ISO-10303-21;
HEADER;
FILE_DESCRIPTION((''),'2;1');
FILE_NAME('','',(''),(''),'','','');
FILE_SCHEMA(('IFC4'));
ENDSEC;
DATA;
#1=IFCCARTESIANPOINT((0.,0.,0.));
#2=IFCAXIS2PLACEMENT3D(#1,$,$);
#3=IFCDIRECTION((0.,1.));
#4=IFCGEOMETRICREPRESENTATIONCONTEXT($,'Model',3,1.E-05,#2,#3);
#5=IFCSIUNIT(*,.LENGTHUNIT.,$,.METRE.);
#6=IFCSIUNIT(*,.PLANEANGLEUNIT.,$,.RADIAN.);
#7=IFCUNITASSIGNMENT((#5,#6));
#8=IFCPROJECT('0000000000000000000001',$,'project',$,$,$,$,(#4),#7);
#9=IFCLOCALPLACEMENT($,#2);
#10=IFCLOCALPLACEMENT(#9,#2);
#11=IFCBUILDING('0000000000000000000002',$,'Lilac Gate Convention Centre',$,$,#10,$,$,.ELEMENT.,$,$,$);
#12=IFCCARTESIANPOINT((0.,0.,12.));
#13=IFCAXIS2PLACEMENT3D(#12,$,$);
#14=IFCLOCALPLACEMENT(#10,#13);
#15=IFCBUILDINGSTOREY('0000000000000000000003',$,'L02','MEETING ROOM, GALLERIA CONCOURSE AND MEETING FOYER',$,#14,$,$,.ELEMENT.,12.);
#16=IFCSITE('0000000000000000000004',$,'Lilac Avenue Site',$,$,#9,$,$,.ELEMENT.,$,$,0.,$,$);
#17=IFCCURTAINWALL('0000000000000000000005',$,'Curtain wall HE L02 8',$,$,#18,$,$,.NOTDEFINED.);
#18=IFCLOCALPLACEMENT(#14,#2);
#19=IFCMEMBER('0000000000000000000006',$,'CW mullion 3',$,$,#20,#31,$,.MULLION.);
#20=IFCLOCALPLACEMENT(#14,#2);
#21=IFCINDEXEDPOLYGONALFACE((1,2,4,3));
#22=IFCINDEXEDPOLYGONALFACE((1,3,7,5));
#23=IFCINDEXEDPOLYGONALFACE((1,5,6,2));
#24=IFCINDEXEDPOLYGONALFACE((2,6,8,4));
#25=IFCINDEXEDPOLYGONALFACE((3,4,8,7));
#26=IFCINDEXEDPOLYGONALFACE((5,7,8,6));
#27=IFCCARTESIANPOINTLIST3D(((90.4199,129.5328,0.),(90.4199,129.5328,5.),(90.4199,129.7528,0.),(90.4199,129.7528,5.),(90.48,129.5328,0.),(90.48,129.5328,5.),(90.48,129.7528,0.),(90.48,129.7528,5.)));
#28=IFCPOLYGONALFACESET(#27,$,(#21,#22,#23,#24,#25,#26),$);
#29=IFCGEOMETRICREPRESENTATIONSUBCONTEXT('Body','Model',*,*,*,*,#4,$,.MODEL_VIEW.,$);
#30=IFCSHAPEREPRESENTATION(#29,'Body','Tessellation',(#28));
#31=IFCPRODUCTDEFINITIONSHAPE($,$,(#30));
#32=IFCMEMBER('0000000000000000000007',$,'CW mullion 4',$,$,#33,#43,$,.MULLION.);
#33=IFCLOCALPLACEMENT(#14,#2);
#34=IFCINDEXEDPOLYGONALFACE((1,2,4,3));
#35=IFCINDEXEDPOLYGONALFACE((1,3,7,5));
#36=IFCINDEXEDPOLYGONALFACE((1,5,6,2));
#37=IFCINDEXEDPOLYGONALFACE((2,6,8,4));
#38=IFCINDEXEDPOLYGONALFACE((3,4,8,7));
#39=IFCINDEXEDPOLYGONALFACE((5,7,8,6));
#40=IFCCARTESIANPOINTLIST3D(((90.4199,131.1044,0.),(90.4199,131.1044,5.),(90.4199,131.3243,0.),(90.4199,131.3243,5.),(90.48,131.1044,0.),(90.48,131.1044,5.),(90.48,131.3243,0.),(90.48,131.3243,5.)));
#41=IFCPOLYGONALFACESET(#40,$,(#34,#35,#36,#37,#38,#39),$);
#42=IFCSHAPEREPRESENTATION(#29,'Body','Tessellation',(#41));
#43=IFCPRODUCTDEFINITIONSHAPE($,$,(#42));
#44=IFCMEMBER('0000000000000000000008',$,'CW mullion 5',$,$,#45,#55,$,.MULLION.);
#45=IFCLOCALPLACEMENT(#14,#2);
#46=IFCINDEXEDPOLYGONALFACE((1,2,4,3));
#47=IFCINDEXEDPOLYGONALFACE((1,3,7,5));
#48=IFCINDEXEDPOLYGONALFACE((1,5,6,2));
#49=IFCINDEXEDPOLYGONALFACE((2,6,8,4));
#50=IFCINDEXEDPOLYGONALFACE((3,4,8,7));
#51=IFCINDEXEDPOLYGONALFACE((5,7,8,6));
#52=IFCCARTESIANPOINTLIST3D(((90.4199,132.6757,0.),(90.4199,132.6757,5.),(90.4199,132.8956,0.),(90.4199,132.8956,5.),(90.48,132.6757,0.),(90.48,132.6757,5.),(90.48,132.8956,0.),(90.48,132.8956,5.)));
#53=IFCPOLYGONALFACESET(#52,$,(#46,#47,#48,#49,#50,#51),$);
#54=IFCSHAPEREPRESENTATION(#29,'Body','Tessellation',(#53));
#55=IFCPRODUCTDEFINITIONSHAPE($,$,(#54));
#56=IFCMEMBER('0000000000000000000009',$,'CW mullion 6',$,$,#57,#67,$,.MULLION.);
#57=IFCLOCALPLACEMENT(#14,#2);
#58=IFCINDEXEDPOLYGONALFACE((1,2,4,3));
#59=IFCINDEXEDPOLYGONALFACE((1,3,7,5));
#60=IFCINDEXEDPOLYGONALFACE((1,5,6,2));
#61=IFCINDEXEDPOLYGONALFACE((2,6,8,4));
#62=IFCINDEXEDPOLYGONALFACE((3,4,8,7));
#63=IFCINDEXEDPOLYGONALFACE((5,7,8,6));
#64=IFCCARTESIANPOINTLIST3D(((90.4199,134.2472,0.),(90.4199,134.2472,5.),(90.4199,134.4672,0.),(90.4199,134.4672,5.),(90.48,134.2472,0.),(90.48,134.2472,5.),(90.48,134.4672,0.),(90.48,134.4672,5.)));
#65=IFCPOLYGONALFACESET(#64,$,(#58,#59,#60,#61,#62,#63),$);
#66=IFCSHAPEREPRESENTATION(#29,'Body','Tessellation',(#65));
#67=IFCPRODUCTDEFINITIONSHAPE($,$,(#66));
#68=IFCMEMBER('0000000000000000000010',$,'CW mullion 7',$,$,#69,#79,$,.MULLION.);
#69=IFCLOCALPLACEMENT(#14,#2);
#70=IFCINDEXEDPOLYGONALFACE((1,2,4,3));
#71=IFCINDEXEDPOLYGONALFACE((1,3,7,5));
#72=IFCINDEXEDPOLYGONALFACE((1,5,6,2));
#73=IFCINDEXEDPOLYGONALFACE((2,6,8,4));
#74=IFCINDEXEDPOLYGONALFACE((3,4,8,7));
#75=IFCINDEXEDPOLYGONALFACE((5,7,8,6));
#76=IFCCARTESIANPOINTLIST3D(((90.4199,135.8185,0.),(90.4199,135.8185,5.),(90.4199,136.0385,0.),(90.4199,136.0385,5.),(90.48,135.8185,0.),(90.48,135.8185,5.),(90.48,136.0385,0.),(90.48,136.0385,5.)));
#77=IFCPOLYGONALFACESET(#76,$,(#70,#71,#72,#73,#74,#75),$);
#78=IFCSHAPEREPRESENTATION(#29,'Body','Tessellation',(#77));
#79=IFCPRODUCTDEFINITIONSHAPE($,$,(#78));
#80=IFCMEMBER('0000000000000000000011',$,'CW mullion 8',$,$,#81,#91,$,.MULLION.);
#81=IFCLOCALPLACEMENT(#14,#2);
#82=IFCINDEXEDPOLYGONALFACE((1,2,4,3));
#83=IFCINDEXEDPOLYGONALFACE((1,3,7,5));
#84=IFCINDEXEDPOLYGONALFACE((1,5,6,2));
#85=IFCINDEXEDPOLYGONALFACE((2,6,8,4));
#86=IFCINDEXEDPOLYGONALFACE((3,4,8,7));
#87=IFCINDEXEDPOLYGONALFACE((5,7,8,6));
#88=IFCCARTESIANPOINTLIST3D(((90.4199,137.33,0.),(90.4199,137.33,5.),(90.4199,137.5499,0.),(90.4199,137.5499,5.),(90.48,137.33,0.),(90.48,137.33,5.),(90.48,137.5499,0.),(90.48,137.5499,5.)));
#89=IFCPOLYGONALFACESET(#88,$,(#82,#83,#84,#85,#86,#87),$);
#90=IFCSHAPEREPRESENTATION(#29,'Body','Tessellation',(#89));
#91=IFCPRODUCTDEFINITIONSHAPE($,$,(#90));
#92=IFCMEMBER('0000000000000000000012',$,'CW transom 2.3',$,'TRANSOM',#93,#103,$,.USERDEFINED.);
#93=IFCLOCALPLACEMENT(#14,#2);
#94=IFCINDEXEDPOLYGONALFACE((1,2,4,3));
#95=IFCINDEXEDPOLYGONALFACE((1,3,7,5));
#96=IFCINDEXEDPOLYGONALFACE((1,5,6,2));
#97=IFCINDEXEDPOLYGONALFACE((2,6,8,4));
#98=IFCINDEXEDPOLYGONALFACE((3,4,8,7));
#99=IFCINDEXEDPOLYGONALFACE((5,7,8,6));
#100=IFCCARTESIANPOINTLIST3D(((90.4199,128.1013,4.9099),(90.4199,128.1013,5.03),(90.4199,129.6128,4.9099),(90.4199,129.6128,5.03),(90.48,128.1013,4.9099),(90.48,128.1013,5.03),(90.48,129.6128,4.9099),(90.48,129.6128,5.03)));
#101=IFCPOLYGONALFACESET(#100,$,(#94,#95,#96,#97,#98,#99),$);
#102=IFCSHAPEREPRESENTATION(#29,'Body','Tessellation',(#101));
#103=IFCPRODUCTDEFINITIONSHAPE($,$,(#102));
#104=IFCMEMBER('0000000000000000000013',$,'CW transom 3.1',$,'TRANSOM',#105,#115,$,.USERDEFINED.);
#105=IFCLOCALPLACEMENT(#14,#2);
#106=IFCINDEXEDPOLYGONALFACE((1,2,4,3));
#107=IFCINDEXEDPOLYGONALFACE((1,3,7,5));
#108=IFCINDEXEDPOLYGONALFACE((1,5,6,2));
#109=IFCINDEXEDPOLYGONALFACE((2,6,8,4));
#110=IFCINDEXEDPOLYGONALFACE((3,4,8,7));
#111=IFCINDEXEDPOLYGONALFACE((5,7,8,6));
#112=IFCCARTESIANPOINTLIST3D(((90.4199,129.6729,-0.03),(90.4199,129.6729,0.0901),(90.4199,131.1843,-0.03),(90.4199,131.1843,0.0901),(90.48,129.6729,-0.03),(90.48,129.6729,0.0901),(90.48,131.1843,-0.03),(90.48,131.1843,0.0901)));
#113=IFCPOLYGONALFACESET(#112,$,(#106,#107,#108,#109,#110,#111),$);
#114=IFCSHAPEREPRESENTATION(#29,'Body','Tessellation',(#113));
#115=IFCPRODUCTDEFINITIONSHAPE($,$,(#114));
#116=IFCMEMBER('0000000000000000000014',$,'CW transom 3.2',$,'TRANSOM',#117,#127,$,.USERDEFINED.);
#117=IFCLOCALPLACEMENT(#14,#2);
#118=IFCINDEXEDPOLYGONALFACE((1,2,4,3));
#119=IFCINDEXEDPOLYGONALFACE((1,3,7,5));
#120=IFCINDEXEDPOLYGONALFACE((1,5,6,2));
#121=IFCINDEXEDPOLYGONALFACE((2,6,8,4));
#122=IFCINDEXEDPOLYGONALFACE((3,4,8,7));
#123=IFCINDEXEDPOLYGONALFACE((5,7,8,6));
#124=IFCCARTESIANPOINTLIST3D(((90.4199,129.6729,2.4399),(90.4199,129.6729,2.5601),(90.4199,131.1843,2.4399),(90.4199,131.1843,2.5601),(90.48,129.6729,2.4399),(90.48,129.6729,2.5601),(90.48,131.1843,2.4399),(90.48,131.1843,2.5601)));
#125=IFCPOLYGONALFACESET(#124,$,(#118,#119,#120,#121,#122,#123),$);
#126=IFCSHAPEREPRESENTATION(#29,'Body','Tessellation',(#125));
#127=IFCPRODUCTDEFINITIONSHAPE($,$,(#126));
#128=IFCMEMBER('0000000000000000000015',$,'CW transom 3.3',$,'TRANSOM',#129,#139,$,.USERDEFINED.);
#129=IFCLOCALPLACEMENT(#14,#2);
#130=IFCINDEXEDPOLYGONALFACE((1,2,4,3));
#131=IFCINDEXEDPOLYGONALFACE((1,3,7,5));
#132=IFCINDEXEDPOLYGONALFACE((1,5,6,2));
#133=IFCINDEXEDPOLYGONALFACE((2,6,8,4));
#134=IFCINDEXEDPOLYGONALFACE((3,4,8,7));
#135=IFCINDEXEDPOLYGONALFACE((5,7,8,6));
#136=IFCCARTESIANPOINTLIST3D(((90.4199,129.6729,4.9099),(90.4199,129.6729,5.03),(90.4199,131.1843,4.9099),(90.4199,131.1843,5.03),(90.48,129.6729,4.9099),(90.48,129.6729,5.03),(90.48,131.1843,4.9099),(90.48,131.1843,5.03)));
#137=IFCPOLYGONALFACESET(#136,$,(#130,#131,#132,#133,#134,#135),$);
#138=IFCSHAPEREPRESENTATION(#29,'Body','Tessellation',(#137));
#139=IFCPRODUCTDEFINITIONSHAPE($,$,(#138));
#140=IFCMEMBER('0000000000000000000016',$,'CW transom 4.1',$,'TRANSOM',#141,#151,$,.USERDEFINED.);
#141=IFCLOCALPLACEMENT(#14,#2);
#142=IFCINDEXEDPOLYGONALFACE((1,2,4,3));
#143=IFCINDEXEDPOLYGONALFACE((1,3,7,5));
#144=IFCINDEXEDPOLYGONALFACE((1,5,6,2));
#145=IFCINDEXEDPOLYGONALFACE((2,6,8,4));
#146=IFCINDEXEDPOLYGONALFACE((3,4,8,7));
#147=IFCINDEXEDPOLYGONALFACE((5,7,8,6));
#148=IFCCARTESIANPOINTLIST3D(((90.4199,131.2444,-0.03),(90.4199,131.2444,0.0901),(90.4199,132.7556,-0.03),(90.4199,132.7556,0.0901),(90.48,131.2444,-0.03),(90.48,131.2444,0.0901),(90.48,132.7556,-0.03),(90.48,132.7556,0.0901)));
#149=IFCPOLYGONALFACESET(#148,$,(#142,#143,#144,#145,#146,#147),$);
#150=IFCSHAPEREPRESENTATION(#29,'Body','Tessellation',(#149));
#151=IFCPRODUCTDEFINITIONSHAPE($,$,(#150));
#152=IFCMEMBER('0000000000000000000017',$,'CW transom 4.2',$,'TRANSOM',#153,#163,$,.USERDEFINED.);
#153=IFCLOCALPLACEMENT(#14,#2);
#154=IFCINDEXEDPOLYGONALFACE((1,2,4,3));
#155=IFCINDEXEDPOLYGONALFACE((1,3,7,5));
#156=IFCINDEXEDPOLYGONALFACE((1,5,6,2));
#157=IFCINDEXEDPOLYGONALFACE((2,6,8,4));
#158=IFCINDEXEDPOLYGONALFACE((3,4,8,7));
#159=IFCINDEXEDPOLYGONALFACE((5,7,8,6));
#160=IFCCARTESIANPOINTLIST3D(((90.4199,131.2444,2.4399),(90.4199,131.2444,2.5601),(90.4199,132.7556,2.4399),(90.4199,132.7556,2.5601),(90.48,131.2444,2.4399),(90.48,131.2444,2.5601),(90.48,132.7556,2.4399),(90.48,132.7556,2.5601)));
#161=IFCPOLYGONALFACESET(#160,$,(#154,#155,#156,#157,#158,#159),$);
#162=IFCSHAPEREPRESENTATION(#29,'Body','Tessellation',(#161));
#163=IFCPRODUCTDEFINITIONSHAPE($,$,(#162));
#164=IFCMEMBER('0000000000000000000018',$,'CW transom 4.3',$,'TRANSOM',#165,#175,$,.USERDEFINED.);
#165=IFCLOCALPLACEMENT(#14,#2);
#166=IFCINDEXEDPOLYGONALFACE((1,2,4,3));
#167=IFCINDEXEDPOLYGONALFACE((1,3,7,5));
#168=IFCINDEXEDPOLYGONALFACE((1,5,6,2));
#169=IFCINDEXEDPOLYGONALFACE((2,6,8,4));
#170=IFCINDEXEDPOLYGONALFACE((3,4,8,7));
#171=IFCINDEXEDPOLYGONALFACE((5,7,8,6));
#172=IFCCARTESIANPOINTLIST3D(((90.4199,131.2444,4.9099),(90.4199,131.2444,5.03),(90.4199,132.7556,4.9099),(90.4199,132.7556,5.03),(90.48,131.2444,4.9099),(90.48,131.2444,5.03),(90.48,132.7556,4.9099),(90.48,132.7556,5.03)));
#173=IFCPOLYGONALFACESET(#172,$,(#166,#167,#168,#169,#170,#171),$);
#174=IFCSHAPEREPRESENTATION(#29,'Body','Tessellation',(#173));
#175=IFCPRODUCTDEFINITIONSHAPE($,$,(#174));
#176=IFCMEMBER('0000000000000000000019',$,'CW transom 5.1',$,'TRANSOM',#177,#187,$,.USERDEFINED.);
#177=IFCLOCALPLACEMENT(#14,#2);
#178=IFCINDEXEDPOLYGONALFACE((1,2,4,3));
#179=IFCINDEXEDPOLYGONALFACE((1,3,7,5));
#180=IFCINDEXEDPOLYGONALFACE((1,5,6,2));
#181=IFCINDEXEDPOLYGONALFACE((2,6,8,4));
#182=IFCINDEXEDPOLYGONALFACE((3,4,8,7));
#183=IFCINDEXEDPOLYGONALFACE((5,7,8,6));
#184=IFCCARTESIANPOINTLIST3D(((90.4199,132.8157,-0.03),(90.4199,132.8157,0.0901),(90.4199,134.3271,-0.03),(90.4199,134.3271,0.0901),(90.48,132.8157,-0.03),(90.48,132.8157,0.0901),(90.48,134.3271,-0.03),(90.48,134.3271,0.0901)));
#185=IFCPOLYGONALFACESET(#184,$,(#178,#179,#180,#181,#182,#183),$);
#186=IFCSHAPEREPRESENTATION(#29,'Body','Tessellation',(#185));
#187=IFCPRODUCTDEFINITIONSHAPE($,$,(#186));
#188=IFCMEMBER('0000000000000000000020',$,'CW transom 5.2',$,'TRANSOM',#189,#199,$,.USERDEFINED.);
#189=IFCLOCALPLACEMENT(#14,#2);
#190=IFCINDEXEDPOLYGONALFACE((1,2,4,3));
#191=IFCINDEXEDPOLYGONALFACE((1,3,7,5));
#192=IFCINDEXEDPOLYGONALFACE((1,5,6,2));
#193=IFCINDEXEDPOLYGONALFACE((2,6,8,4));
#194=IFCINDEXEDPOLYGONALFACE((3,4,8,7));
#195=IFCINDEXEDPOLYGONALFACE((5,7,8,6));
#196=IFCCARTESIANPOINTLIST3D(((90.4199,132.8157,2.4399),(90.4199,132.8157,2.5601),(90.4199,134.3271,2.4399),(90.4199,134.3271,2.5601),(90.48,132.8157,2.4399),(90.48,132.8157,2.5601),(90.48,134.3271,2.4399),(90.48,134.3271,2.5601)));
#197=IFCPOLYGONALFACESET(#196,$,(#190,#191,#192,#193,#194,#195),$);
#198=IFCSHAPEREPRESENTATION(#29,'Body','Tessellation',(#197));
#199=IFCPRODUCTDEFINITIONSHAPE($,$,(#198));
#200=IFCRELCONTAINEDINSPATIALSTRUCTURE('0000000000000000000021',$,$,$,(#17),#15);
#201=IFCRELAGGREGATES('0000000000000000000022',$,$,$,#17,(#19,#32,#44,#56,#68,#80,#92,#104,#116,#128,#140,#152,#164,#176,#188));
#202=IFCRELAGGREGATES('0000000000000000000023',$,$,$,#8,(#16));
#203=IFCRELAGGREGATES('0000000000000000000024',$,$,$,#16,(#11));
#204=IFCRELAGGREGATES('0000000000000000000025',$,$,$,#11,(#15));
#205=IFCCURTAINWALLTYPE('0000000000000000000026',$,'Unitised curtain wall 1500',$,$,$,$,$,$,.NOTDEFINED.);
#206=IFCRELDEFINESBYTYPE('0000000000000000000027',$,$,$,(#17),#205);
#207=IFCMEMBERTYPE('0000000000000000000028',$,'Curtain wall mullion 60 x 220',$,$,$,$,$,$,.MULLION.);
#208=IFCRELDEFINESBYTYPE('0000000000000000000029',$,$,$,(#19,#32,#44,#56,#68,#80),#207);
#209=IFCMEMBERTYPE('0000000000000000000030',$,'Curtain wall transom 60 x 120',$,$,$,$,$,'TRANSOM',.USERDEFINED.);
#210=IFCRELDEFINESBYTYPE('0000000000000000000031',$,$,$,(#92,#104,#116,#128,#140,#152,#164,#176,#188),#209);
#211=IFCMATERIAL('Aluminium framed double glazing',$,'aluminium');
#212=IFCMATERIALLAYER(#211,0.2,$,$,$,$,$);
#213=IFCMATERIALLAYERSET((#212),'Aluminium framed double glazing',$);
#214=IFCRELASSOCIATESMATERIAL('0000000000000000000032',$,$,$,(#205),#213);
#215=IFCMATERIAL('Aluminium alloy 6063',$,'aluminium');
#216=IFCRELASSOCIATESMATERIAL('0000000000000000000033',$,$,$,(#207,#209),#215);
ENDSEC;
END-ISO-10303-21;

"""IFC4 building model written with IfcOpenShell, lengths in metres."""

from ifc_helpers import new_model, si_unit, direction, frame, origin, origin_2d, place, context, subcontext, project, spatial, rectangle, extrude, material, layer, layer_set, material_profile, profile_set, type_object, element, aggregate, save


model = new_model("IFC4")

# Units and contexts
model_context = context("Model", 3, precision=1e-05, world=origin(), true_north=direction((0.0, 1.0)))
body_context = subcontext(model_context, "Body", "Model", "MODEL_VIEW")
ifc_project = project(units=[si_unit("LENGTHUNIT", "METRE"), si_unit("PLANEANGLEUNIT", "RADIAN")], contexts=[model_context])

# Site, building, storey
site_placement = place(None, origin())
site = spatial("IfcSite", under=ifc_project, at=site_placement, Name="Lilac Avenue Site", CompositionType="ELEMENT", RefElevation=0.0)
building_placement = place(site_placement, origin())
building = spatial("IfcBuilding", under=site, at=building_placement, Name="Lilac Gate Convention Centre", CompositionType="ELEMENT")
storey_placement = place(building_placement, frame((0.0, 0.0, 12.0)))
storey = spatial("IfcBuildingStorey", under=building, at=storey_placement, Name="L02", Description="MEETING ROOM, GALLERIA CONCOURSE AND MEETING FOYER", CompositionType="ELEMENT", Elevation=12.0)

# Curtain wall, members
ifc_material_1 = material(Name="Aluminium framed double glazing", Category="aluminium")
ifc_layer_1 = layer(ifc_material_1, 0.2)
ifc_layer_set_1 = layer_set([ifc_layer_1], Name="Aluminium framed double glazing")
curtain_wall_type = type_object("IfcCurtainWallType", Name="Unitised curtain wall 1500", PredefinedType="NOTDEFINED", material=ifc_layer_set_1)
curtain_wall_placement = place(storey_placement, origin())
curtain_wall = element("IfcCurtainWall", 1, at=curtain_wall_placement, inside=storey, type_object=curtain_wall_type, Name="Curtain wall HE L02 8", PredefinedType="NOTDEFINED")
ifc_material_2 = material(Name="Aluminium alloy 6063", Category="aluminium")
ifc_material_profile_1 = material_profile(ifc_material_2, rectangle(XDim=0.0601, YDim=0.22, at=origin_2d()), Name="Curtain wall mullion 60 x 220")
ifc_profile_set_1 = profile_set([ifc_material_profile_1], Name="Aluminium alloy 6063")
member_type_1 = type_object("IfcMemberType", Name="Curtain wall mullion 60 x 220", PredefinedType="MULLION", material=ifc_profile_set_1)
member_1_placement = place(storey_placement, frame((90.45, 129.6428, 0.0), z_axis=(0.0, 0.0, 1.0), x_axis=(-1.0, 0.0, 0.0)))
member_1 = element("IfcMember", 2, at=member_1_placement, type_object=member_type_1, Name="CW mullion 3", PredefinedType="MULLION", context=body_context, shape_type="SweptSolid", body=[
    extrude(rectangle(XDim=0.0601, YDim=0.22, at=origin_2d()), origin(), (0.0, 0.0, 1.0), 5.0),
])
member_2_placement = place(storey_placement, frame((90.45, 131.2144, 0.0), z_axis=(0.0, 0.0, 1.0), x_axis=(-1.0, 0.0, 0.0)))
member_2 = element("IfcMember", 3, at=member_2_placement, type_object=member_type_1, Name="CW mullion 4", PredefinedType="MULLION", context=body_context, shape_type="SweptSolid", body=[
    extrude(rectangle(XDim=0.0601, YDim=0.22, at=origin_2d()), origin(), (0.0, 0.0, 1.0), 5.0),
])
member_3_placement = place(storey_placement, frame((90.45, 132.7856, 0.0), z_axis=(0.0, 0.0, 1.0), x_axis=(-1.0, 0.0, 0.0)))
member_3 = element("IfcMember", 4, at=member_3_placement, type_object=member_type_1, Name="CW mullion 5", PredefinedType="MULLION", context=body_context, shape_type="SweptSolid", body=[
    extrude(rectangle(XDim=0.0601, YDim=0.22, at=origin_2d()), origin(), (0.0, 0.0, 1.0), 5.0),
])
member_4_placement = place(storey_placement, frame((90.45, 134.3572, 0.0), z_axis=(0.0, 0.0, 1.0), x_axis=(-1.0, 0.0, 0.0)))
member_4 = element("IfcMember", 5, at=member_4_placement, type_object=member_type_1, Name="CW mullion 6", PredefinedType="MULLION", context=body_context, shape_type="SweptSolid", body=[
    extrude(rectangle(XDim=0.0601, YDim=0.22, at=origin_2d()), origin(), (0.0, 0.0, 1.0), 5.0),
])
member_5_placement = place(storey_placement, frame((90.45, 135.9285, 0.0), z_axis=(0.0, 0.0, 1.0), x_axis=(-1.0, 0.0, 0.0)))
member_5 = element("IfcMember", 6, at=member_5_placement, type_object=member_type_1, Name="CW mullion 7", PredefinedType="MULLION", context=body_context, shape_type="SweptSolid", body=[
    extrude(rectangle(XDim=0.0601, YDim=0.22, at=origin_2d()), origin(), (0.0, 0.0, 1.0), 5.0),
])
member_6_placement = place(storey_placement, frame((90.45, 137.4399, 0.0), z_axis=(0.0, 0.0, 1.0), x_axis=(-1.0, 0.0, 0.0)))
member_6 = element("IfcMember", 7, at=member_6_placement, type_object=member_type_1, Name="CW mullion 8", PredefinedType="MULLION", context=body_context, shape_type="SweptSolid", body=[
    extrude(rectangle(XDim=0.0601, YDim=0.22, at=origin_2d()), origin(), (0.0, 0.0, 1.0), 5.0),
])
ifc_material_profile_2 = material_profile(ifc_material_2, rectangle(XDim=0.0601, YDim=0.1201, at=origin_2d()), Name="Curtain wall transom 60 x 120")
ifc_profile_set_2 = profile_set([ifc_material_profile_2], Name="Aluminium alloy 6063")
member_type_2 = type_object("IfcMemberType", Name="Curtain wall transom 60 x 120", ElementType="TRANSOM", PredefinedType="USERDEFINED", material=ifc_profile_set_2)
member_7_placement = place(storey_placement, frame((90.45, 128.1013, 4.97), z_axis=(0.0, 1.0, 0.0), x_axis=(-1.0, 0.0, 0.0)))
member_7 = element("IfcMember", 8, at=member_7_placement, type_object=member_type_2, Name="CW transom 2.3", ObjectType="TRANSOM", PredefinedType="USERDEFINED", context=body_context, shape_type="SweptSolid", body=[
    extrude(rectangle(XDim=0.0601, YDim=0.1201, at=origin_2d()), origin(), (0.0, 0.0, 1.0), 1.5115),
])
member_8_placement = place(storey_placement, frame((90.45, 129.6729, 0.03), z_axis=(0.0, 1.0, 0.0), x_axis=(-1.0, 0.0, 0.0)))
member_8 = element("IfcMember", 9, at=member_8_placement, type_object=member_type_2, Name="CW transom 3.1", ObjectType="TRANSOM", PredefinedType="USERDEFINED", context=body_context, shape_type="SweptSolid", body=[
    extrude(rectangle(XDim=0.0601, YDim=0.1201, at=origin_2d()), origin(), (0.0, 0.0, 1.0), 1.5115),
])
member_9_placement = place(storey_placement, frame((90.45, 129.6729, 2.5), z_axis=(0.0, 1.0, 0.0), x_axis=(-1.0, 0.0, 0.0)))
member_9 = element("IfcMember", 10, at=member_9_placement, type_object=member_type_2, Name="CW transom 3.2", ObjectType="TRANSOM", PredefinedType="USERDEFINED", context=body_context, shape_type="SweptSolid", body=[
    extrude(rectangle(XDim=0.0601, YDim=0.1201, at=origin_2d()), origin(), (0.0, 0.0, 1.0), 1.5115),
])
member_10_placement = place(storey_placement, frame((90.45, 129.6729, 4.97), z_axis=(0.0, 1.0, 0.0), x_axis=(-1.0, 0.0, 0.0)))
member_10 = element("IfcMember", 11, at=member_10_placement, type_object=member_type_2, Name="CW transom 3.3", ObjectType="TRANSOM", PredefinedType="USERDEFINED", context=body_context, shape_type="SweptSolid", body=[
    extrude(rectangle(XDim=0.0601, YDim=0.1201, at=origin_2d()), origin(), (0.0, 0.0, 1.0), 1.5115),
])
member_11_placement = place(storey_placement, frame((90.45, 131.2444, 0.03), z_axis=(0.0, 1.0, 0.0), x_axis=(-1.0, 0.0, 0.0)))
member_11 = element("IfcMember", 12, at=member_11_placement, type_object=member_type_2, Name="CW transom 4.1", ObjectType="TRANSOM", PredefinedType="USERDEFINED", context=body_context, shape_type="SweptSolid", body=[
    extrude(rectangle(XDim=0.0601, YDim=0.1201, at=origin_2d()), origin(), (0.0, 0.0, 1.0), 1.5112),
])
member_12_placement = place(storey_placement, frame((90.45, 131.2444, 2.5), z_axis=(0.0, 1.0, 0.0), x_axis=(-1.0, 0.0, 0.0)))
member_12 = element("IfcMember", 13, at=member_12_placement, type_object=member_type_2, Name="CW transom 4.2", ObjectType="TRANSOM", PredefinedType="USERDEFINED", context=body_context, shape_type="SweptSolid", body=[
    extrude(rectangle(XDim=0.0601, YDim=0.1201, at=origin_2d()), origin(), (0.0, 0.0, 1.0), 1.5112),
])
member_13_placement = place(storey_placement, frame((90.45, 131.2444, 4.97), z_axis=(0.0, 1.0, 0.0), x_axis=(-1.0, 0.0, 0.0)))
member_13 = element("IfcMember", 14, at=member_13_placement, type_object=member_type_2, Name="CW transom 4.3", ObjectType="TRANSOM", PredefinedType="USERDEFINED", context=body_context, shape_type="SweptSolid", body=[
    extrude(rectangle(XDim=0.0601, YDim=0.1201, at=origin_2d()), origin(), (0.0, 0.0, 1.0), 1.5112),
])
member_14_placement = place(storey_placement, frame((90.45, 132.8157, 0.03), z_axis=(0.0, 1.0, 0.0), x_axis=(-1.0, 0.0, 0.0)))
member_14 = element("IfcMember", 15, at=member_14_placement, type_object=member_type_2, Name="CW transom 5.1", ObjectType="TRANSOM", PredefinedType="USERDEFINED", context=body_context, shape_type="SweptSolid", body=[
    extrude(rectangle(XDim=0.0601, YDim=0.1201, at=origin_2d()), origin(), (0.0, 0.0, 1.0), 1.5115),
])
member_15_placement = place(storey_placement, frame((90.45, 132.8157, 2.5), z_axis=(0.0, 1.0, 0.0), x_axis=(-1.0, 0.0, 0.0)))
member_15 = element("IfcMember", 16, at=member_15_placement, type_object=member_type_2, Name="CW transom 5.2", ObjectType="TRANSOM", PredefinedType="USERDEFINED", context=body_context, shape_type="SweptSolid", body=[
    extrude(rectangle(XDim=0.0601, YDim=0.1201, at=origin_2d()), origin(), (0.0, 0.0, 1.0), 1.5115),
])
aggregate(curtain_wall, [member_1, member_2, member_3, member_4, member_5, member_6, member_7, member_8, member_9, member_10, member_11, member_12, member_13, member_14, member_15])

save(model, "model.ifc")
